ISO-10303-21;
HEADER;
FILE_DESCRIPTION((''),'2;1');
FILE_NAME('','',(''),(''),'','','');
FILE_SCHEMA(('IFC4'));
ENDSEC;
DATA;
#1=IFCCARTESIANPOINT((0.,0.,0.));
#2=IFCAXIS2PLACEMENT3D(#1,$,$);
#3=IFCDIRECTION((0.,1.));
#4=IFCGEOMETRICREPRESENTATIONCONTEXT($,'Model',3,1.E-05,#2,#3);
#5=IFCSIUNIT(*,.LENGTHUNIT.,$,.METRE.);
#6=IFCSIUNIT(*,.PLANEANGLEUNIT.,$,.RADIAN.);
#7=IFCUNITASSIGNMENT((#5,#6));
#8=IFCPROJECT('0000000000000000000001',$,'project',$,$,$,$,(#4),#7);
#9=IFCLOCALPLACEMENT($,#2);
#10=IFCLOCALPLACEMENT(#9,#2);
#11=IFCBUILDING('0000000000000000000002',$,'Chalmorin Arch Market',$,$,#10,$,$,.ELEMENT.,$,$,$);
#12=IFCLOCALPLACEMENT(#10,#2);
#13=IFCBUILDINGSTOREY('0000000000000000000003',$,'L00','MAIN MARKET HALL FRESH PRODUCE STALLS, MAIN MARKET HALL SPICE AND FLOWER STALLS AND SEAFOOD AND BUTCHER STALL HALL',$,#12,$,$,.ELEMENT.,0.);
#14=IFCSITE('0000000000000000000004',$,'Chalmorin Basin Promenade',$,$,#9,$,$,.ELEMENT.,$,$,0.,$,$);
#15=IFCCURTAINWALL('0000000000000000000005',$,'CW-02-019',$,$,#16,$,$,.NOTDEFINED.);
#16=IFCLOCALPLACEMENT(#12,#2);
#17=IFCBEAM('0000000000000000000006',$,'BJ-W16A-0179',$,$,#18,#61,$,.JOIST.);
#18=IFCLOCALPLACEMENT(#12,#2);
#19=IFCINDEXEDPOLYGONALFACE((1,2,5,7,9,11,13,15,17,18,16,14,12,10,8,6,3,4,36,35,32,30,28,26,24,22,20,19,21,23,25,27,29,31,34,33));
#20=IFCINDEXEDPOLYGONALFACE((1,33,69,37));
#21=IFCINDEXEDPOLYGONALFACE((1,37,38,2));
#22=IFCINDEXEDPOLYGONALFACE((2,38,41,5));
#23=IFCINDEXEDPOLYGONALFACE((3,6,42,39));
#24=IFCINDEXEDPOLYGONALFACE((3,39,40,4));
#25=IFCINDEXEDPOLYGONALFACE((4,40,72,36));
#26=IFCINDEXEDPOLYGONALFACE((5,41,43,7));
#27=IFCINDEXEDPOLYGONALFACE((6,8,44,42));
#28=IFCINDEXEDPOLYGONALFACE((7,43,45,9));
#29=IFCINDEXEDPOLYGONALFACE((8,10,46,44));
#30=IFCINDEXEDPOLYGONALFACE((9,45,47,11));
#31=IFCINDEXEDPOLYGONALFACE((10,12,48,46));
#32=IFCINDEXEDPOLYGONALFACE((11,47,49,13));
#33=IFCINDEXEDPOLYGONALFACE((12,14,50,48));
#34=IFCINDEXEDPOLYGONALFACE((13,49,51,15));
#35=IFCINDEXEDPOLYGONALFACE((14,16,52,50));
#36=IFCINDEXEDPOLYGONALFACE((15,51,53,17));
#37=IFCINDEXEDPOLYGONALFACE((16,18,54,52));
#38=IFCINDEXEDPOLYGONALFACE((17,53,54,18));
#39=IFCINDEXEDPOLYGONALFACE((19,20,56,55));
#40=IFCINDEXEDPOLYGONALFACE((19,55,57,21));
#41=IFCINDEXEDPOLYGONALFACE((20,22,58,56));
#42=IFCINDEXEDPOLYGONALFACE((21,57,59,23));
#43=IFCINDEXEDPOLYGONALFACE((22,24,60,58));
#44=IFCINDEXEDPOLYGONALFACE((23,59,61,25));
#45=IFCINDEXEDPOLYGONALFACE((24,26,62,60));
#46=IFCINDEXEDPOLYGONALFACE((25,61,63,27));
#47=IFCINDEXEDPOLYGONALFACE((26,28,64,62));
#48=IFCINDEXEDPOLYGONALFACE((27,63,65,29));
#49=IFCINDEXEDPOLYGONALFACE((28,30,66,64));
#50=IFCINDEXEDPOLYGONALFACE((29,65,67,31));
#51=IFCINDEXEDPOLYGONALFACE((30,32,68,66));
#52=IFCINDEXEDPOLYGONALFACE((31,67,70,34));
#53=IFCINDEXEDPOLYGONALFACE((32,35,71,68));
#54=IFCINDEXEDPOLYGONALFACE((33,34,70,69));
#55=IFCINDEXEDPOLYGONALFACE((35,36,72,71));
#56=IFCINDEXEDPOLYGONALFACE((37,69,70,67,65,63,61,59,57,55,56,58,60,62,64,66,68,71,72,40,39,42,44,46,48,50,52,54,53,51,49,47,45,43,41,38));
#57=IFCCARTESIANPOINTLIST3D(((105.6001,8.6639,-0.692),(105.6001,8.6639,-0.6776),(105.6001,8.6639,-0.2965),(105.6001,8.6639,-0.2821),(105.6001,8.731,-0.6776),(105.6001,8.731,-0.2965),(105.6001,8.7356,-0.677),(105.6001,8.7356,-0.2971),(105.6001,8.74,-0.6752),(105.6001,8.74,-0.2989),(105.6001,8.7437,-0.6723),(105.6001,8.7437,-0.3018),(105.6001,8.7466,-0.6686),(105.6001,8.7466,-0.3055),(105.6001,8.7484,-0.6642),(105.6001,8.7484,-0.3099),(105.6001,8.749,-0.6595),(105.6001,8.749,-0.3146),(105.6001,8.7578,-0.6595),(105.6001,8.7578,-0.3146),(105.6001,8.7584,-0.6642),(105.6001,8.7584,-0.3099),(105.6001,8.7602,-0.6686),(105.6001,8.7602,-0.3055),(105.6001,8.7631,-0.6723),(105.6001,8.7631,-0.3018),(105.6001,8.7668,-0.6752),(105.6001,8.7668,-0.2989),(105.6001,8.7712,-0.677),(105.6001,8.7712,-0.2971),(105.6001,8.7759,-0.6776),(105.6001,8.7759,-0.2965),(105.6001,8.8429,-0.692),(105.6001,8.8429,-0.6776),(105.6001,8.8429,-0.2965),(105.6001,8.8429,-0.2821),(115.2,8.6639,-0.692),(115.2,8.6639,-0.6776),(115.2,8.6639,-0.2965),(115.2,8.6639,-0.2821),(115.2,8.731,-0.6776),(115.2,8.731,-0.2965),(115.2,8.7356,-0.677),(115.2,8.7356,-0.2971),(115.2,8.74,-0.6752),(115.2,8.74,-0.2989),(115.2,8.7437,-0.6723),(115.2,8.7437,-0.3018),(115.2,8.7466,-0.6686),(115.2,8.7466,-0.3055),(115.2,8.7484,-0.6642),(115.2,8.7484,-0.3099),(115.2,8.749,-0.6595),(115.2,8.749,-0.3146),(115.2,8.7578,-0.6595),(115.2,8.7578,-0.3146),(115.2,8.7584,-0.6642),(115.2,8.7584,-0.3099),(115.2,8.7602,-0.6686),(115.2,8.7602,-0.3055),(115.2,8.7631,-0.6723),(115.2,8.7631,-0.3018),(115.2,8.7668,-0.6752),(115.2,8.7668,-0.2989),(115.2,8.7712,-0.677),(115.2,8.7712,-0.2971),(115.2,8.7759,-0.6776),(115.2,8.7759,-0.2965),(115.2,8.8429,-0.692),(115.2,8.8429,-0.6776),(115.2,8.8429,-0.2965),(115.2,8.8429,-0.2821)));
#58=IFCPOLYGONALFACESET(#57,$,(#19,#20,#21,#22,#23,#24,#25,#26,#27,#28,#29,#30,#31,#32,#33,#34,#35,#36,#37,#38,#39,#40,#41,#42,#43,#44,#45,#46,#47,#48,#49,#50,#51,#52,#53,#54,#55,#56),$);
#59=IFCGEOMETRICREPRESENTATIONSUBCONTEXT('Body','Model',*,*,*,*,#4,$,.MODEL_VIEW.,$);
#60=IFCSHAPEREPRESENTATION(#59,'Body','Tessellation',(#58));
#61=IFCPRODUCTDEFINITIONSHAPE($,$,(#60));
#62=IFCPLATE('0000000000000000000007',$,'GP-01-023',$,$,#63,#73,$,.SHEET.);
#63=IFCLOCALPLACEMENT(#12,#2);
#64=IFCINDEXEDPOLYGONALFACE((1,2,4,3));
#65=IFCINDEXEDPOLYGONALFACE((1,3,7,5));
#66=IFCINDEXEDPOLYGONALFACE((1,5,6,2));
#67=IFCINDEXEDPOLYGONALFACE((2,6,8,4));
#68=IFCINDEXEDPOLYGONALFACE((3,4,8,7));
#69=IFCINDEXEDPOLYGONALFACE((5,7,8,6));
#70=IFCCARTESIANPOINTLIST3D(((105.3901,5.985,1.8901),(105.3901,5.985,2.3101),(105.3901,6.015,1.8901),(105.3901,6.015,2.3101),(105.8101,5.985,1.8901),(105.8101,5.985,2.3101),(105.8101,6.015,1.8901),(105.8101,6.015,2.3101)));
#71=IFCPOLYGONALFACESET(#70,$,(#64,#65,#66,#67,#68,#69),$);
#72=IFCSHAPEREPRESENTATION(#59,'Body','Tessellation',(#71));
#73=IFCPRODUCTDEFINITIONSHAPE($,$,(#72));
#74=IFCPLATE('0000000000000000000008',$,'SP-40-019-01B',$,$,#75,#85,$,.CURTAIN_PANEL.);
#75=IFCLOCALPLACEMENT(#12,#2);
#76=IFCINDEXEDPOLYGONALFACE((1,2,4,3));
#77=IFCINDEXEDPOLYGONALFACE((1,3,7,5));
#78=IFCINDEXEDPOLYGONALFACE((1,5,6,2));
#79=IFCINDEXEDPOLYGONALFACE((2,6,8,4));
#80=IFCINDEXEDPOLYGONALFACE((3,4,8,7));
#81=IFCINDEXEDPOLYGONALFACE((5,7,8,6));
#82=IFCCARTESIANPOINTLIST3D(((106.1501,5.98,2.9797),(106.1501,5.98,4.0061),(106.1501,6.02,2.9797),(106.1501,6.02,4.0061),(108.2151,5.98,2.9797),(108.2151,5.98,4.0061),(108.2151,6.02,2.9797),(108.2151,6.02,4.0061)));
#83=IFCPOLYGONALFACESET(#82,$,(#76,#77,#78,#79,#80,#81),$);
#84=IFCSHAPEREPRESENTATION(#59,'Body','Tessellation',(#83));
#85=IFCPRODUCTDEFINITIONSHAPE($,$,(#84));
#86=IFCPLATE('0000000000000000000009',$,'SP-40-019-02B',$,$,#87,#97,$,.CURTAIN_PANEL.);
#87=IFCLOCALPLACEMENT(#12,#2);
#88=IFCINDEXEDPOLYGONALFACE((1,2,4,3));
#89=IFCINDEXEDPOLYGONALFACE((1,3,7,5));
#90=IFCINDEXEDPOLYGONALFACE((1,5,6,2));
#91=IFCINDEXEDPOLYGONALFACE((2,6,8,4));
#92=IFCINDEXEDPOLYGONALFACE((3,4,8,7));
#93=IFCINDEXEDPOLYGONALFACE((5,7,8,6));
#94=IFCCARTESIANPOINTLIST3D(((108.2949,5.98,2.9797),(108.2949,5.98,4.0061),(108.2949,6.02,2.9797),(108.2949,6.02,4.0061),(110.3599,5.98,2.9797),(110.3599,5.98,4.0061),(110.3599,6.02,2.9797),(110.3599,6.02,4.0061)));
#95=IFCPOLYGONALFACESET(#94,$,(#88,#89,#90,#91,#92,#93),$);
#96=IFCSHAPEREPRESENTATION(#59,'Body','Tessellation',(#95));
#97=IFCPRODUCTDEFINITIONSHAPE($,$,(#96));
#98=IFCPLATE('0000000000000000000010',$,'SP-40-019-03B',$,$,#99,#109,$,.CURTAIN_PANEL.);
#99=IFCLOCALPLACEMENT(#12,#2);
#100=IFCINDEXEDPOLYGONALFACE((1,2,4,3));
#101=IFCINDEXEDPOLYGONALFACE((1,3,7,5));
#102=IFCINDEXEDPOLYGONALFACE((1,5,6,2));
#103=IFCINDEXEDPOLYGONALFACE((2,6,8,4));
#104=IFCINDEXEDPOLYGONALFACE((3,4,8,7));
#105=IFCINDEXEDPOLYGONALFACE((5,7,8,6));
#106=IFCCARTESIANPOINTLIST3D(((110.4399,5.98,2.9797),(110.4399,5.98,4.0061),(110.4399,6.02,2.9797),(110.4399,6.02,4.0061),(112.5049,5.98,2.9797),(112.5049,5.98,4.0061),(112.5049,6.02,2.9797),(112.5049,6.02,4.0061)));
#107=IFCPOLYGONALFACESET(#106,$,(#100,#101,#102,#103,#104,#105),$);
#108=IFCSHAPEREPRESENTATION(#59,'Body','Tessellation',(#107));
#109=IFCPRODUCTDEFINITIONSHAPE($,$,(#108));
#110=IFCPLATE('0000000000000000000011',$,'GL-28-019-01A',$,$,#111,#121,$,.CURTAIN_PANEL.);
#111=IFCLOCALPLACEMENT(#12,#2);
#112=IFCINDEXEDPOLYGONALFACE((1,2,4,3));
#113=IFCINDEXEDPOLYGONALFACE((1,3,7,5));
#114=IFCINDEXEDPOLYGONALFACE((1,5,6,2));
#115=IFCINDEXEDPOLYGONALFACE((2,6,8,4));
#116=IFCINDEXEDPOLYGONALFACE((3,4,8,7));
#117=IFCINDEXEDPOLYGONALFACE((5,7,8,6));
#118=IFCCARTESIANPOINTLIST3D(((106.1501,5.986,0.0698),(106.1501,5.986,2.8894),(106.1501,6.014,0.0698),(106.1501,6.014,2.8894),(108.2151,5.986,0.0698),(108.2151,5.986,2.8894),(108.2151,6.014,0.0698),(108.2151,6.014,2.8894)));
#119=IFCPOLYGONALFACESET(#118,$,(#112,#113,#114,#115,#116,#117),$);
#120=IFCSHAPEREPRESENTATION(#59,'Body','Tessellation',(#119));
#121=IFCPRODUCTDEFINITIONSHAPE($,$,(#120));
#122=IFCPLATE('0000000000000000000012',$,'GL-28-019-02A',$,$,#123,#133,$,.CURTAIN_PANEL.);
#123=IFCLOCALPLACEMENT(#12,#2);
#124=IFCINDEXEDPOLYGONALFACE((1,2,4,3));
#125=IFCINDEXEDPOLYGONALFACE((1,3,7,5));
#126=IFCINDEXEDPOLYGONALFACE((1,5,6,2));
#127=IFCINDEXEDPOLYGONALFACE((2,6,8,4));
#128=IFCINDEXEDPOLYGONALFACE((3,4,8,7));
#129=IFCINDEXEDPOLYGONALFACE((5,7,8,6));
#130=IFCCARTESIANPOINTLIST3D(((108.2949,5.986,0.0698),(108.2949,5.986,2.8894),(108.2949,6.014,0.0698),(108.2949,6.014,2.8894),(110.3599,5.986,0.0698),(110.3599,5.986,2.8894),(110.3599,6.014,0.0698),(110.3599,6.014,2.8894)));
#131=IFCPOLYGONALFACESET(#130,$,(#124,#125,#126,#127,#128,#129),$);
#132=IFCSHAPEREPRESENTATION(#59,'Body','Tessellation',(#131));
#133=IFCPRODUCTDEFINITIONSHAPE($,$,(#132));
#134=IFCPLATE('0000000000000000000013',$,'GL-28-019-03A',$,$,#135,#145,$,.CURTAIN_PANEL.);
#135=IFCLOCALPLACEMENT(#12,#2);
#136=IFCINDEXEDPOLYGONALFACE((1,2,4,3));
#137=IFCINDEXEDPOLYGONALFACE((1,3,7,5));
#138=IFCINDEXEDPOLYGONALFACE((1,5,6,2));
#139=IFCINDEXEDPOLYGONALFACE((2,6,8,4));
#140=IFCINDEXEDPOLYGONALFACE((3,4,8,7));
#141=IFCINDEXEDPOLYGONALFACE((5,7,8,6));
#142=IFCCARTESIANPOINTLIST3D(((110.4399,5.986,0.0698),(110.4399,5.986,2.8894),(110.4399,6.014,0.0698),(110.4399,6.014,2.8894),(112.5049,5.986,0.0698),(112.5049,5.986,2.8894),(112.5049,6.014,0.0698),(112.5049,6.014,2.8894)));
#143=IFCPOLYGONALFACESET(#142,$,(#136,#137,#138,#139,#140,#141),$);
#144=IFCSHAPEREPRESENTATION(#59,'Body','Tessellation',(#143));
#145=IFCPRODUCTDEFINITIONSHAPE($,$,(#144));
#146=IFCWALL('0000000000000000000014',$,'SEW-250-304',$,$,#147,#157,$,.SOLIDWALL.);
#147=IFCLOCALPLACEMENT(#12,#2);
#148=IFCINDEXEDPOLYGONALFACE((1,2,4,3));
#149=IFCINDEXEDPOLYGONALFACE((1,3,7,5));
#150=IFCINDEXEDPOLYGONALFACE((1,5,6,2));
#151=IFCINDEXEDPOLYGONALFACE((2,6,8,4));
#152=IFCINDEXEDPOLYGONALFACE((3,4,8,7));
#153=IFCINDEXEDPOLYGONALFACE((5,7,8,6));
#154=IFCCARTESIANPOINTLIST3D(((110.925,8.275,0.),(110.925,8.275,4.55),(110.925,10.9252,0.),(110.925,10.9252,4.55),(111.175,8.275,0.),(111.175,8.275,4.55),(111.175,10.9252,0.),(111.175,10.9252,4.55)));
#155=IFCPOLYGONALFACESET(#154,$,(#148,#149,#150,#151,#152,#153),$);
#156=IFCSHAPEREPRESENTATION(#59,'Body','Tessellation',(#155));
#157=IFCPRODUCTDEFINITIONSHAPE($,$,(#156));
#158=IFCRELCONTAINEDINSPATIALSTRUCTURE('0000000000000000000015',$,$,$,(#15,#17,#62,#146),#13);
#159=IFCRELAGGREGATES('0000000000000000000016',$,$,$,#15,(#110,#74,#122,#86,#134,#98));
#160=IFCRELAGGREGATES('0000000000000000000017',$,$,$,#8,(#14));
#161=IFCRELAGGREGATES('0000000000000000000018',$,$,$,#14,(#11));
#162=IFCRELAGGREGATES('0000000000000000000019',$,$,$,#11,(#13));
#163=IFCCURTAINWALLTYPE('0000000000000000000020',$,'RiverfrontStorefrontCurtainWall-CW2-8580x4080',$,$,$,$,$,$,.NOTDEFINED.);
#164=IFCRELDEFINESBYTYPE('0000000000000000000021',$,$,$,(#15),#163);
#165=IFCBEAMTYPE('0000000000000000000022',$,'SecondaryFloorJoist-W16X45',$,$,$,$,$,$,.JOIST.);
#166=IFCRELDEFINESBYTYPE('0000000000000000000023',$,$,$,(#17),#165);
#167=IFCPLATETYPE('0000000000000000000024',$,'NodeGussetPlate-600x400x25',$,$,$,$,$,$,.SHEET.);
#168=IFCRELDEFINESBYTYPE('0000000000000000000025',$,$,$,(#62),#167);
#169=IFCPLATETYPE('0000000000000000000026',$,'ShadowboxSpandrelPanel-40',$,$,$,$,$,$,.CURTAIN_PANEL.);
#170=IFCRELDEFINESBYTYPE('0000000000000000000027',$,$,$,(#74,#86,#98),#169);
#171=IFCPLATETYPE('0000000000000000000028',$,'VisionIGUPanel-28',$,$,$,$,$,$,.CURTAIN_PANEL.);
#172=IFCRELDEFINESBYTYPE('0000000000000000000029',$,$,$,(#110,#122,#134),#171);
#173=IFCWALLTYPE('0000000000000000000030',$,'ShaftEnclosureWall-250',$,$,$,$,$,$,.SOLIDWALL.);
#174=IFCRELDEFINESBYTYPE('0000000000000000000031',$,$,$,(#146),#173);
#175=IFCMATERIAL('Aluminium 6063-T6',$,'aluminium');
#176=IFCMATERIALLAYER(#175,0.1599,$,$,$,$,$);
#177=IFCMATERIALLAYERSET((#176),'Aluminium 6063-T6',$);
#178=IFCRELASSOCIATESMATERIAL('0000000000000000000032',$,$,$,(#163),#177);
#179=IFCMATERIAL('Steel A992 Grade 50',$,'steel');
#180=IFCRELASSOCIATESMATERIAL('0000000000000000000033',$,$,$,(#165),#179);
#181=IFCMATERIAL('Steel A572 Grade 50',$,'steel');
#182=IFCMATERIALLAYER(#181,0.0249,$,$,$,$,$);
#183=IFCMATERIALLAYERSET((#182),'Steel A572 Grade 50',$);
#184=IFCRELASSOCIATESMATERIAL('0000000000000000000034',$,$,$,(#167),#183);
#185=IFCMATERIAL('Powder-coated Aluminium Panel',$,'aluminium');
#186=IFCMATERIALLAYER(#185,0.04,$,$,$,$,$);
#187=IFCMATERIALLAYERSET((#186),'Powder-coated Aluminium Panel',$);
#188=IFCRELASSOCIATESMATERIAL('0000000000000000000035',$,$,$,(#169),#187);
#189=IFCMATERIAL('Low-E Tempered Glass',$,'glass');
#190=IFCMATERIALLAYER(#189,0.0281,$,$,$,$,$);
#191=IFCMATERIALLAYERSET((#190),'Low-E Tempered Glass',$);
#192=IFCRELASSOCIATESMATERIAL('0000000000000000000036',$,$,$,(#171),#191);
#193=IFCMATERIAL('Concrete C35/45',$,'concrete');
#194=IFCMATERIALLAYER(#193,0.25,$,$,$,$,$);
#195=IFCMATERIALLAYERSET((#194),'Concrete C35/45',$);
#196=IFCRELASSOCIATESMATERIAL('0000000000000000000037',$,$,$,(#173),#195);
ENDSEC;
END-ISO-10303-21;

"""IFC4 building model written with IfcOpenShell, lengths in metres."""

from ifc_helpers import new_model, si_unit, direction, frame, frame_2d, origin, origin_2d, place, context, subcontext, project, spatial, rectangle, i_section, extrude, material, layer, layer_set, material_profile, profile_set, type_object, element, aggregate, save


model = new_model("IFC4")

# Units and contexts
model_context = context("Model", 3, precision=1e-05, world=origin(), true_north=direction((0.0, 1.0)))
body_context = subcontext(model_context, "Body", "Model", "MODEL_VIEW")
ifc_project = project(units=[si_unit("LENGTHUNIT", "METRE"), si_unit("PLANEANGLEUNIT", "RADIAN")], contexts=[model_context])

# Site, building, storey
site_placement = place(None, origin())
site = spatial("IfcSite", under=ifc_project, at=site_placement, Name="Chalmorin Basin Promenade", CompositionType="ELEMENT", RefElevation=0.0)
building_placement = place(site_placement, origin())
building = spatial("IfcBuilding", under=site, at=building_placement, Name="Chalmorin Arch Market", CompositionType="ELEMENT")
storey_placement = place(building_placement, origin())
storey = spatial("IfcBuildingStorey", under=building, at=storey_placement, Name="L00", Description="MAIN MARKET HALL FRESH PRODUCE STALLS, MAIN MARKET HALL SPICE AND FLOWER STALLS AND SEAFOOD AND BUTCHER STALL HALL", CompositionType="ELEMENT", Elevation=0.0)

# Curtain wall
ifc_material_1 = material(Name="Aluminium 6063-T6", Category="aluminium")
ifc_layer_1 = layer(ifc_material_1, 0.1599)
ifc_layer_set_1 = layer_set([ifc_layer_1], Name="Aluminium 6063-T6")
curtain_wall_type = type_object("IfcCurtainWallType", Name="RiverfrontStorefrontCurtainWall-CW2-8580x4080", PredefinedType="NOTDEFINED", material=ifc_layer_set_1)
curtain_wall_placement = place(storey_placement, origin())
curtain_wall = element("IfcCurtainWall", 1, at=curtain_wall_placement, inside=storey, type_object=curtain_wall_type, Name="CW-02-019", PredefinedType="NOTDEFINED")

# Beam
ifc_material_2 = material(Name="Steel A992 Grade 50", Category="steel")
ifc_material_profile_1 = material_profile(ifc_material_2, i_section(OverallWidth=0.179, OverallDepth=0.4099, WebThickness=0.0088, FlangeThickness=0.0144, FilletRadius=0.0181, at=origin_2d()), Name="W16X45")
ifc_profile_set_1 = profile_set([ifc_material_profile_1], Name="Steel A992 Grade 50")
beam_type = type_object("IfcBeamType", Name="SecondaryFloorJoist-W16X45", PredefinedType="JOIST", material=ifc_profile_set_1)
beam_placement = place(storey_placement, frame((105.6001, 8.7534, -0.4871), z_axis=(1.0, 0.0, 0.0), x_axis=(0.0, 1.0, 0.0)))
element("IfcBeam", 2, at=beam_placement, inside=storey, type_object=beam_type, Name="BJ-W16A-0179", PredefinedType="JOIST", context=body_context, shape_type="SweptSolid", body=[
    extrude(i_section(OverallWidth=0.179, OverallDepth=0.4099, WebThickness=0.0088, FlangeThickness=0.0144, FilletRadius=0.0181, at=origin_2d()), origin(), (0.0, 0.0, 1.0), 9.5999),
])

# Plates
ifc_material_3 = material(Name="Steel A572 Grade 50", Category="steel")
ifc_layer_2 = layer(ifc_material_3, 0.0249)
ifc_layer_set_2 = layer_set([ifc_layer_2], Name="Steel A572 Grade 50")
plate_type_1 = type_object("IfcPlateType", Name="NodeGussetPlate-600x400x25", PredefinedType="SHEET", material=ifc_layer_set_2)
plate_1_placement = place(storey_placement, frame((105.6001, 6.0, 1.8901), z_axis=(0.0, 0.0, 1.0), x_axis=(1.0, 0.0, 0.0)))
element("IfcPlate", 3, at=plate_1_placement, inside=storey, type_object=plate_type_1, Name="GP-01-023", PredefinedType="SHEET", context=body_context, shape_type="SweptSolid", body=[
    extrude(rectangle(XDim=0.4199, YDim=0.03, at=origin_2d()), origin(), (0.0, 0.0, 1.0), 0.4199),
])
ifc_material_4 = material(Name="Powder-coated Aluminium Panel", Category="aluminium")
ifc_layer_3 = layer(ifc_material_4, 0.04)
ifc_layer_set_3 = layer_set([ifc_layer_3], Name="Powder-coated Aluminium Panel")
plate_type_2 = type_object("IfcPlateType", Name="ShadowboxSpandrelPanel-40", PredefinedType="CURTAIN_PANEL", material=ifc_layer_set_3)
plate_2_placement = place(storey_placement, frame((107.1826, 6.0, 2.9797), z_axis=(0.0, 0.0, 1.0), x_axis=(1.0, 0.0, 0.0)))
plate_2 = element("IfcPlate", 4, at=plate_2_placement, type_object=plate_type_2, Name="SP-40-019-01B", PredefinedType="CURTAIN_PANEL", context=body_context, shape_type="SweptSolid", body=[
    extrude(rectangle(XDim=2.0649, YDim=0.04, at=origin_2d()), origin(), (0.0, 0.0, 1.0), 1.0264),
])
plate_3_placement = place(storey_placement, frame((109.3274, 6.0, 2.9797), z_axis=(0.0, 0.0, 1.0), x_axis=(1.0, 0.0, 0.0)))
plate_3 = element("IfcPlate", 5, at=plate_3_placement, type_object=plate_type_2, Name="SP-40-019-02B", PredefinedType="CURTAIN_PANEL", context=body_context, shape_type="SweptSolid", body=[
    extrude(rectangle(XDim=2.0649, YDim=0.04, at=origin_2d()), origin(), (0.0, 0.0, 1.0), 1.0264),
])
plate_4_placement = place(storey_placement, frame((111.4724, 6.0, 2.9797), z_axis=(0.0, 0.0, 1.0), x_axis=(1.0, 0.0, 0.0)))
plate_4 = element("IfcPlate", 6, at=plate_4_placement, type_object=plate_type_2, Name="SP-40-019-03B", PredefinedType="CURTAIN_PANEL", context=body_context, shape_type="SweptSolid", body=[
    extrude(rectangle(XDim=2.0649, YDim=0.04, at=origin_2d()), origin(), (0.0, 0.0, 1.0), 1.0264),
])
ifc_material_5 = material(Name="Low-E Tempered Glass", Category="glass")
ifc_layer_4 = layer(ifc_material_5, 0.0281)
ifc_layer_set_4 = layer_set([ifc_layer_4], Name="Low-E Tempered Glass")
plate_type_3 = type_object("IfcPlateType", Name="VisionIGUPanel-28", PredefinedType="CURTAIN_PANEL", material=ifc_layer_set_4)
plate_5_placement = place(storey_placement, frame((107.1826, 6.0, 0.0698), z_axis=(0.0, 0.0, 1.0), x_axis=(1.0, 0.0, 0.0)))
plate_5 = element("IfcPlate", 7, at=plate_5_placement, type_object=plate_type_3, Name="GL-28-019-01A", PredefinedType="CURTAIN_PANEL", context=body_context, shape_type="SweptSolid", body=[
    extrude(rectangle(XDim=2.0649, YDim=0.0281, at=origin_2d()), origin(), (0.0, 0.0, 1.0), 2.8196),
])
plate_6_placement = place(storey_placement, frame((109.3274, 6.0, 0.0698), z_axis=(0.0, 0.0, 1.0), x_axis=(1.0, 0.0, 0.0)))
plate_6 = element("IfcPlate", 8, at=plate_6_placement, type_object=plate_type_3, Name="GL-28-019-02A", PredefinedType="CURTAIN_PANEL", context=body_context, shape_type="SweptSolid", body=[
    extrude(rectangle(XDim=2.0649, YDim=0.0281, at=origin_2d()), origin(), (0.0, 0.0, 1.0), 2.8196),
])
plate_7_placement = place(storey_placement, frame((111.4724, 6.0, 0.0698), z_axis=(0.0, 0.0, 1.0), x_axis=(1.0, 0.0, 0.0)))
plate_7 = element("IfcPlate", 9, at=plate_7_placement, type_object=plate_type_3, Name="GL-28-019-03A", PredefinedType="CURTAIN_PANEL", context=body_context, shape_type="SweptSolid", body=[
    extrude(rectangle(XDim=2.0649, YDim=0.0281, at=origin_2d()), origin(), (0.0, 0.0, 1.0), 2.8196),
])
aggregate(curtain_wall, [plate_5, plate_2, plate_6, plate_3, plate_7, plate_4])

# Wall
ifc_material_6 = material(Name="Concrete C35/45", Category="concrete")
ifc_layer_5 = layer(ifc_material_6, 0.25)
ifc_layer_set_5 = layer_set([ifc_layer_5], Name="Concrete C35/45")
wall_type = type_object("IfcWallType", Name="ShaftEnclosureWall-250", PredefinedType="SOLIDWALL", material=ifc_layer_set_5)
wall_placement = place(storey_placement, frame((111.05, 8.2749, 0.0), z_axis=(0.0, 0.0, 1.0), x_axis=(0.0, 1.0, 0.0)))
element("IfcWall", 10, at=wall_placement, inside=storey, type_object=wall_type, Name="SEW-250-304", PredefinedType="SOLIDWALL", context=body_context, shape_type="SweptSolid", body=[
    extrude(rectangle(XDim=2.6501, YDim=0.25, at=frame_2d((1.3252, 0.0))), origin(), (0.0, 0.0, 1.0), 4.55),
])

save(model, "model.ifc")
